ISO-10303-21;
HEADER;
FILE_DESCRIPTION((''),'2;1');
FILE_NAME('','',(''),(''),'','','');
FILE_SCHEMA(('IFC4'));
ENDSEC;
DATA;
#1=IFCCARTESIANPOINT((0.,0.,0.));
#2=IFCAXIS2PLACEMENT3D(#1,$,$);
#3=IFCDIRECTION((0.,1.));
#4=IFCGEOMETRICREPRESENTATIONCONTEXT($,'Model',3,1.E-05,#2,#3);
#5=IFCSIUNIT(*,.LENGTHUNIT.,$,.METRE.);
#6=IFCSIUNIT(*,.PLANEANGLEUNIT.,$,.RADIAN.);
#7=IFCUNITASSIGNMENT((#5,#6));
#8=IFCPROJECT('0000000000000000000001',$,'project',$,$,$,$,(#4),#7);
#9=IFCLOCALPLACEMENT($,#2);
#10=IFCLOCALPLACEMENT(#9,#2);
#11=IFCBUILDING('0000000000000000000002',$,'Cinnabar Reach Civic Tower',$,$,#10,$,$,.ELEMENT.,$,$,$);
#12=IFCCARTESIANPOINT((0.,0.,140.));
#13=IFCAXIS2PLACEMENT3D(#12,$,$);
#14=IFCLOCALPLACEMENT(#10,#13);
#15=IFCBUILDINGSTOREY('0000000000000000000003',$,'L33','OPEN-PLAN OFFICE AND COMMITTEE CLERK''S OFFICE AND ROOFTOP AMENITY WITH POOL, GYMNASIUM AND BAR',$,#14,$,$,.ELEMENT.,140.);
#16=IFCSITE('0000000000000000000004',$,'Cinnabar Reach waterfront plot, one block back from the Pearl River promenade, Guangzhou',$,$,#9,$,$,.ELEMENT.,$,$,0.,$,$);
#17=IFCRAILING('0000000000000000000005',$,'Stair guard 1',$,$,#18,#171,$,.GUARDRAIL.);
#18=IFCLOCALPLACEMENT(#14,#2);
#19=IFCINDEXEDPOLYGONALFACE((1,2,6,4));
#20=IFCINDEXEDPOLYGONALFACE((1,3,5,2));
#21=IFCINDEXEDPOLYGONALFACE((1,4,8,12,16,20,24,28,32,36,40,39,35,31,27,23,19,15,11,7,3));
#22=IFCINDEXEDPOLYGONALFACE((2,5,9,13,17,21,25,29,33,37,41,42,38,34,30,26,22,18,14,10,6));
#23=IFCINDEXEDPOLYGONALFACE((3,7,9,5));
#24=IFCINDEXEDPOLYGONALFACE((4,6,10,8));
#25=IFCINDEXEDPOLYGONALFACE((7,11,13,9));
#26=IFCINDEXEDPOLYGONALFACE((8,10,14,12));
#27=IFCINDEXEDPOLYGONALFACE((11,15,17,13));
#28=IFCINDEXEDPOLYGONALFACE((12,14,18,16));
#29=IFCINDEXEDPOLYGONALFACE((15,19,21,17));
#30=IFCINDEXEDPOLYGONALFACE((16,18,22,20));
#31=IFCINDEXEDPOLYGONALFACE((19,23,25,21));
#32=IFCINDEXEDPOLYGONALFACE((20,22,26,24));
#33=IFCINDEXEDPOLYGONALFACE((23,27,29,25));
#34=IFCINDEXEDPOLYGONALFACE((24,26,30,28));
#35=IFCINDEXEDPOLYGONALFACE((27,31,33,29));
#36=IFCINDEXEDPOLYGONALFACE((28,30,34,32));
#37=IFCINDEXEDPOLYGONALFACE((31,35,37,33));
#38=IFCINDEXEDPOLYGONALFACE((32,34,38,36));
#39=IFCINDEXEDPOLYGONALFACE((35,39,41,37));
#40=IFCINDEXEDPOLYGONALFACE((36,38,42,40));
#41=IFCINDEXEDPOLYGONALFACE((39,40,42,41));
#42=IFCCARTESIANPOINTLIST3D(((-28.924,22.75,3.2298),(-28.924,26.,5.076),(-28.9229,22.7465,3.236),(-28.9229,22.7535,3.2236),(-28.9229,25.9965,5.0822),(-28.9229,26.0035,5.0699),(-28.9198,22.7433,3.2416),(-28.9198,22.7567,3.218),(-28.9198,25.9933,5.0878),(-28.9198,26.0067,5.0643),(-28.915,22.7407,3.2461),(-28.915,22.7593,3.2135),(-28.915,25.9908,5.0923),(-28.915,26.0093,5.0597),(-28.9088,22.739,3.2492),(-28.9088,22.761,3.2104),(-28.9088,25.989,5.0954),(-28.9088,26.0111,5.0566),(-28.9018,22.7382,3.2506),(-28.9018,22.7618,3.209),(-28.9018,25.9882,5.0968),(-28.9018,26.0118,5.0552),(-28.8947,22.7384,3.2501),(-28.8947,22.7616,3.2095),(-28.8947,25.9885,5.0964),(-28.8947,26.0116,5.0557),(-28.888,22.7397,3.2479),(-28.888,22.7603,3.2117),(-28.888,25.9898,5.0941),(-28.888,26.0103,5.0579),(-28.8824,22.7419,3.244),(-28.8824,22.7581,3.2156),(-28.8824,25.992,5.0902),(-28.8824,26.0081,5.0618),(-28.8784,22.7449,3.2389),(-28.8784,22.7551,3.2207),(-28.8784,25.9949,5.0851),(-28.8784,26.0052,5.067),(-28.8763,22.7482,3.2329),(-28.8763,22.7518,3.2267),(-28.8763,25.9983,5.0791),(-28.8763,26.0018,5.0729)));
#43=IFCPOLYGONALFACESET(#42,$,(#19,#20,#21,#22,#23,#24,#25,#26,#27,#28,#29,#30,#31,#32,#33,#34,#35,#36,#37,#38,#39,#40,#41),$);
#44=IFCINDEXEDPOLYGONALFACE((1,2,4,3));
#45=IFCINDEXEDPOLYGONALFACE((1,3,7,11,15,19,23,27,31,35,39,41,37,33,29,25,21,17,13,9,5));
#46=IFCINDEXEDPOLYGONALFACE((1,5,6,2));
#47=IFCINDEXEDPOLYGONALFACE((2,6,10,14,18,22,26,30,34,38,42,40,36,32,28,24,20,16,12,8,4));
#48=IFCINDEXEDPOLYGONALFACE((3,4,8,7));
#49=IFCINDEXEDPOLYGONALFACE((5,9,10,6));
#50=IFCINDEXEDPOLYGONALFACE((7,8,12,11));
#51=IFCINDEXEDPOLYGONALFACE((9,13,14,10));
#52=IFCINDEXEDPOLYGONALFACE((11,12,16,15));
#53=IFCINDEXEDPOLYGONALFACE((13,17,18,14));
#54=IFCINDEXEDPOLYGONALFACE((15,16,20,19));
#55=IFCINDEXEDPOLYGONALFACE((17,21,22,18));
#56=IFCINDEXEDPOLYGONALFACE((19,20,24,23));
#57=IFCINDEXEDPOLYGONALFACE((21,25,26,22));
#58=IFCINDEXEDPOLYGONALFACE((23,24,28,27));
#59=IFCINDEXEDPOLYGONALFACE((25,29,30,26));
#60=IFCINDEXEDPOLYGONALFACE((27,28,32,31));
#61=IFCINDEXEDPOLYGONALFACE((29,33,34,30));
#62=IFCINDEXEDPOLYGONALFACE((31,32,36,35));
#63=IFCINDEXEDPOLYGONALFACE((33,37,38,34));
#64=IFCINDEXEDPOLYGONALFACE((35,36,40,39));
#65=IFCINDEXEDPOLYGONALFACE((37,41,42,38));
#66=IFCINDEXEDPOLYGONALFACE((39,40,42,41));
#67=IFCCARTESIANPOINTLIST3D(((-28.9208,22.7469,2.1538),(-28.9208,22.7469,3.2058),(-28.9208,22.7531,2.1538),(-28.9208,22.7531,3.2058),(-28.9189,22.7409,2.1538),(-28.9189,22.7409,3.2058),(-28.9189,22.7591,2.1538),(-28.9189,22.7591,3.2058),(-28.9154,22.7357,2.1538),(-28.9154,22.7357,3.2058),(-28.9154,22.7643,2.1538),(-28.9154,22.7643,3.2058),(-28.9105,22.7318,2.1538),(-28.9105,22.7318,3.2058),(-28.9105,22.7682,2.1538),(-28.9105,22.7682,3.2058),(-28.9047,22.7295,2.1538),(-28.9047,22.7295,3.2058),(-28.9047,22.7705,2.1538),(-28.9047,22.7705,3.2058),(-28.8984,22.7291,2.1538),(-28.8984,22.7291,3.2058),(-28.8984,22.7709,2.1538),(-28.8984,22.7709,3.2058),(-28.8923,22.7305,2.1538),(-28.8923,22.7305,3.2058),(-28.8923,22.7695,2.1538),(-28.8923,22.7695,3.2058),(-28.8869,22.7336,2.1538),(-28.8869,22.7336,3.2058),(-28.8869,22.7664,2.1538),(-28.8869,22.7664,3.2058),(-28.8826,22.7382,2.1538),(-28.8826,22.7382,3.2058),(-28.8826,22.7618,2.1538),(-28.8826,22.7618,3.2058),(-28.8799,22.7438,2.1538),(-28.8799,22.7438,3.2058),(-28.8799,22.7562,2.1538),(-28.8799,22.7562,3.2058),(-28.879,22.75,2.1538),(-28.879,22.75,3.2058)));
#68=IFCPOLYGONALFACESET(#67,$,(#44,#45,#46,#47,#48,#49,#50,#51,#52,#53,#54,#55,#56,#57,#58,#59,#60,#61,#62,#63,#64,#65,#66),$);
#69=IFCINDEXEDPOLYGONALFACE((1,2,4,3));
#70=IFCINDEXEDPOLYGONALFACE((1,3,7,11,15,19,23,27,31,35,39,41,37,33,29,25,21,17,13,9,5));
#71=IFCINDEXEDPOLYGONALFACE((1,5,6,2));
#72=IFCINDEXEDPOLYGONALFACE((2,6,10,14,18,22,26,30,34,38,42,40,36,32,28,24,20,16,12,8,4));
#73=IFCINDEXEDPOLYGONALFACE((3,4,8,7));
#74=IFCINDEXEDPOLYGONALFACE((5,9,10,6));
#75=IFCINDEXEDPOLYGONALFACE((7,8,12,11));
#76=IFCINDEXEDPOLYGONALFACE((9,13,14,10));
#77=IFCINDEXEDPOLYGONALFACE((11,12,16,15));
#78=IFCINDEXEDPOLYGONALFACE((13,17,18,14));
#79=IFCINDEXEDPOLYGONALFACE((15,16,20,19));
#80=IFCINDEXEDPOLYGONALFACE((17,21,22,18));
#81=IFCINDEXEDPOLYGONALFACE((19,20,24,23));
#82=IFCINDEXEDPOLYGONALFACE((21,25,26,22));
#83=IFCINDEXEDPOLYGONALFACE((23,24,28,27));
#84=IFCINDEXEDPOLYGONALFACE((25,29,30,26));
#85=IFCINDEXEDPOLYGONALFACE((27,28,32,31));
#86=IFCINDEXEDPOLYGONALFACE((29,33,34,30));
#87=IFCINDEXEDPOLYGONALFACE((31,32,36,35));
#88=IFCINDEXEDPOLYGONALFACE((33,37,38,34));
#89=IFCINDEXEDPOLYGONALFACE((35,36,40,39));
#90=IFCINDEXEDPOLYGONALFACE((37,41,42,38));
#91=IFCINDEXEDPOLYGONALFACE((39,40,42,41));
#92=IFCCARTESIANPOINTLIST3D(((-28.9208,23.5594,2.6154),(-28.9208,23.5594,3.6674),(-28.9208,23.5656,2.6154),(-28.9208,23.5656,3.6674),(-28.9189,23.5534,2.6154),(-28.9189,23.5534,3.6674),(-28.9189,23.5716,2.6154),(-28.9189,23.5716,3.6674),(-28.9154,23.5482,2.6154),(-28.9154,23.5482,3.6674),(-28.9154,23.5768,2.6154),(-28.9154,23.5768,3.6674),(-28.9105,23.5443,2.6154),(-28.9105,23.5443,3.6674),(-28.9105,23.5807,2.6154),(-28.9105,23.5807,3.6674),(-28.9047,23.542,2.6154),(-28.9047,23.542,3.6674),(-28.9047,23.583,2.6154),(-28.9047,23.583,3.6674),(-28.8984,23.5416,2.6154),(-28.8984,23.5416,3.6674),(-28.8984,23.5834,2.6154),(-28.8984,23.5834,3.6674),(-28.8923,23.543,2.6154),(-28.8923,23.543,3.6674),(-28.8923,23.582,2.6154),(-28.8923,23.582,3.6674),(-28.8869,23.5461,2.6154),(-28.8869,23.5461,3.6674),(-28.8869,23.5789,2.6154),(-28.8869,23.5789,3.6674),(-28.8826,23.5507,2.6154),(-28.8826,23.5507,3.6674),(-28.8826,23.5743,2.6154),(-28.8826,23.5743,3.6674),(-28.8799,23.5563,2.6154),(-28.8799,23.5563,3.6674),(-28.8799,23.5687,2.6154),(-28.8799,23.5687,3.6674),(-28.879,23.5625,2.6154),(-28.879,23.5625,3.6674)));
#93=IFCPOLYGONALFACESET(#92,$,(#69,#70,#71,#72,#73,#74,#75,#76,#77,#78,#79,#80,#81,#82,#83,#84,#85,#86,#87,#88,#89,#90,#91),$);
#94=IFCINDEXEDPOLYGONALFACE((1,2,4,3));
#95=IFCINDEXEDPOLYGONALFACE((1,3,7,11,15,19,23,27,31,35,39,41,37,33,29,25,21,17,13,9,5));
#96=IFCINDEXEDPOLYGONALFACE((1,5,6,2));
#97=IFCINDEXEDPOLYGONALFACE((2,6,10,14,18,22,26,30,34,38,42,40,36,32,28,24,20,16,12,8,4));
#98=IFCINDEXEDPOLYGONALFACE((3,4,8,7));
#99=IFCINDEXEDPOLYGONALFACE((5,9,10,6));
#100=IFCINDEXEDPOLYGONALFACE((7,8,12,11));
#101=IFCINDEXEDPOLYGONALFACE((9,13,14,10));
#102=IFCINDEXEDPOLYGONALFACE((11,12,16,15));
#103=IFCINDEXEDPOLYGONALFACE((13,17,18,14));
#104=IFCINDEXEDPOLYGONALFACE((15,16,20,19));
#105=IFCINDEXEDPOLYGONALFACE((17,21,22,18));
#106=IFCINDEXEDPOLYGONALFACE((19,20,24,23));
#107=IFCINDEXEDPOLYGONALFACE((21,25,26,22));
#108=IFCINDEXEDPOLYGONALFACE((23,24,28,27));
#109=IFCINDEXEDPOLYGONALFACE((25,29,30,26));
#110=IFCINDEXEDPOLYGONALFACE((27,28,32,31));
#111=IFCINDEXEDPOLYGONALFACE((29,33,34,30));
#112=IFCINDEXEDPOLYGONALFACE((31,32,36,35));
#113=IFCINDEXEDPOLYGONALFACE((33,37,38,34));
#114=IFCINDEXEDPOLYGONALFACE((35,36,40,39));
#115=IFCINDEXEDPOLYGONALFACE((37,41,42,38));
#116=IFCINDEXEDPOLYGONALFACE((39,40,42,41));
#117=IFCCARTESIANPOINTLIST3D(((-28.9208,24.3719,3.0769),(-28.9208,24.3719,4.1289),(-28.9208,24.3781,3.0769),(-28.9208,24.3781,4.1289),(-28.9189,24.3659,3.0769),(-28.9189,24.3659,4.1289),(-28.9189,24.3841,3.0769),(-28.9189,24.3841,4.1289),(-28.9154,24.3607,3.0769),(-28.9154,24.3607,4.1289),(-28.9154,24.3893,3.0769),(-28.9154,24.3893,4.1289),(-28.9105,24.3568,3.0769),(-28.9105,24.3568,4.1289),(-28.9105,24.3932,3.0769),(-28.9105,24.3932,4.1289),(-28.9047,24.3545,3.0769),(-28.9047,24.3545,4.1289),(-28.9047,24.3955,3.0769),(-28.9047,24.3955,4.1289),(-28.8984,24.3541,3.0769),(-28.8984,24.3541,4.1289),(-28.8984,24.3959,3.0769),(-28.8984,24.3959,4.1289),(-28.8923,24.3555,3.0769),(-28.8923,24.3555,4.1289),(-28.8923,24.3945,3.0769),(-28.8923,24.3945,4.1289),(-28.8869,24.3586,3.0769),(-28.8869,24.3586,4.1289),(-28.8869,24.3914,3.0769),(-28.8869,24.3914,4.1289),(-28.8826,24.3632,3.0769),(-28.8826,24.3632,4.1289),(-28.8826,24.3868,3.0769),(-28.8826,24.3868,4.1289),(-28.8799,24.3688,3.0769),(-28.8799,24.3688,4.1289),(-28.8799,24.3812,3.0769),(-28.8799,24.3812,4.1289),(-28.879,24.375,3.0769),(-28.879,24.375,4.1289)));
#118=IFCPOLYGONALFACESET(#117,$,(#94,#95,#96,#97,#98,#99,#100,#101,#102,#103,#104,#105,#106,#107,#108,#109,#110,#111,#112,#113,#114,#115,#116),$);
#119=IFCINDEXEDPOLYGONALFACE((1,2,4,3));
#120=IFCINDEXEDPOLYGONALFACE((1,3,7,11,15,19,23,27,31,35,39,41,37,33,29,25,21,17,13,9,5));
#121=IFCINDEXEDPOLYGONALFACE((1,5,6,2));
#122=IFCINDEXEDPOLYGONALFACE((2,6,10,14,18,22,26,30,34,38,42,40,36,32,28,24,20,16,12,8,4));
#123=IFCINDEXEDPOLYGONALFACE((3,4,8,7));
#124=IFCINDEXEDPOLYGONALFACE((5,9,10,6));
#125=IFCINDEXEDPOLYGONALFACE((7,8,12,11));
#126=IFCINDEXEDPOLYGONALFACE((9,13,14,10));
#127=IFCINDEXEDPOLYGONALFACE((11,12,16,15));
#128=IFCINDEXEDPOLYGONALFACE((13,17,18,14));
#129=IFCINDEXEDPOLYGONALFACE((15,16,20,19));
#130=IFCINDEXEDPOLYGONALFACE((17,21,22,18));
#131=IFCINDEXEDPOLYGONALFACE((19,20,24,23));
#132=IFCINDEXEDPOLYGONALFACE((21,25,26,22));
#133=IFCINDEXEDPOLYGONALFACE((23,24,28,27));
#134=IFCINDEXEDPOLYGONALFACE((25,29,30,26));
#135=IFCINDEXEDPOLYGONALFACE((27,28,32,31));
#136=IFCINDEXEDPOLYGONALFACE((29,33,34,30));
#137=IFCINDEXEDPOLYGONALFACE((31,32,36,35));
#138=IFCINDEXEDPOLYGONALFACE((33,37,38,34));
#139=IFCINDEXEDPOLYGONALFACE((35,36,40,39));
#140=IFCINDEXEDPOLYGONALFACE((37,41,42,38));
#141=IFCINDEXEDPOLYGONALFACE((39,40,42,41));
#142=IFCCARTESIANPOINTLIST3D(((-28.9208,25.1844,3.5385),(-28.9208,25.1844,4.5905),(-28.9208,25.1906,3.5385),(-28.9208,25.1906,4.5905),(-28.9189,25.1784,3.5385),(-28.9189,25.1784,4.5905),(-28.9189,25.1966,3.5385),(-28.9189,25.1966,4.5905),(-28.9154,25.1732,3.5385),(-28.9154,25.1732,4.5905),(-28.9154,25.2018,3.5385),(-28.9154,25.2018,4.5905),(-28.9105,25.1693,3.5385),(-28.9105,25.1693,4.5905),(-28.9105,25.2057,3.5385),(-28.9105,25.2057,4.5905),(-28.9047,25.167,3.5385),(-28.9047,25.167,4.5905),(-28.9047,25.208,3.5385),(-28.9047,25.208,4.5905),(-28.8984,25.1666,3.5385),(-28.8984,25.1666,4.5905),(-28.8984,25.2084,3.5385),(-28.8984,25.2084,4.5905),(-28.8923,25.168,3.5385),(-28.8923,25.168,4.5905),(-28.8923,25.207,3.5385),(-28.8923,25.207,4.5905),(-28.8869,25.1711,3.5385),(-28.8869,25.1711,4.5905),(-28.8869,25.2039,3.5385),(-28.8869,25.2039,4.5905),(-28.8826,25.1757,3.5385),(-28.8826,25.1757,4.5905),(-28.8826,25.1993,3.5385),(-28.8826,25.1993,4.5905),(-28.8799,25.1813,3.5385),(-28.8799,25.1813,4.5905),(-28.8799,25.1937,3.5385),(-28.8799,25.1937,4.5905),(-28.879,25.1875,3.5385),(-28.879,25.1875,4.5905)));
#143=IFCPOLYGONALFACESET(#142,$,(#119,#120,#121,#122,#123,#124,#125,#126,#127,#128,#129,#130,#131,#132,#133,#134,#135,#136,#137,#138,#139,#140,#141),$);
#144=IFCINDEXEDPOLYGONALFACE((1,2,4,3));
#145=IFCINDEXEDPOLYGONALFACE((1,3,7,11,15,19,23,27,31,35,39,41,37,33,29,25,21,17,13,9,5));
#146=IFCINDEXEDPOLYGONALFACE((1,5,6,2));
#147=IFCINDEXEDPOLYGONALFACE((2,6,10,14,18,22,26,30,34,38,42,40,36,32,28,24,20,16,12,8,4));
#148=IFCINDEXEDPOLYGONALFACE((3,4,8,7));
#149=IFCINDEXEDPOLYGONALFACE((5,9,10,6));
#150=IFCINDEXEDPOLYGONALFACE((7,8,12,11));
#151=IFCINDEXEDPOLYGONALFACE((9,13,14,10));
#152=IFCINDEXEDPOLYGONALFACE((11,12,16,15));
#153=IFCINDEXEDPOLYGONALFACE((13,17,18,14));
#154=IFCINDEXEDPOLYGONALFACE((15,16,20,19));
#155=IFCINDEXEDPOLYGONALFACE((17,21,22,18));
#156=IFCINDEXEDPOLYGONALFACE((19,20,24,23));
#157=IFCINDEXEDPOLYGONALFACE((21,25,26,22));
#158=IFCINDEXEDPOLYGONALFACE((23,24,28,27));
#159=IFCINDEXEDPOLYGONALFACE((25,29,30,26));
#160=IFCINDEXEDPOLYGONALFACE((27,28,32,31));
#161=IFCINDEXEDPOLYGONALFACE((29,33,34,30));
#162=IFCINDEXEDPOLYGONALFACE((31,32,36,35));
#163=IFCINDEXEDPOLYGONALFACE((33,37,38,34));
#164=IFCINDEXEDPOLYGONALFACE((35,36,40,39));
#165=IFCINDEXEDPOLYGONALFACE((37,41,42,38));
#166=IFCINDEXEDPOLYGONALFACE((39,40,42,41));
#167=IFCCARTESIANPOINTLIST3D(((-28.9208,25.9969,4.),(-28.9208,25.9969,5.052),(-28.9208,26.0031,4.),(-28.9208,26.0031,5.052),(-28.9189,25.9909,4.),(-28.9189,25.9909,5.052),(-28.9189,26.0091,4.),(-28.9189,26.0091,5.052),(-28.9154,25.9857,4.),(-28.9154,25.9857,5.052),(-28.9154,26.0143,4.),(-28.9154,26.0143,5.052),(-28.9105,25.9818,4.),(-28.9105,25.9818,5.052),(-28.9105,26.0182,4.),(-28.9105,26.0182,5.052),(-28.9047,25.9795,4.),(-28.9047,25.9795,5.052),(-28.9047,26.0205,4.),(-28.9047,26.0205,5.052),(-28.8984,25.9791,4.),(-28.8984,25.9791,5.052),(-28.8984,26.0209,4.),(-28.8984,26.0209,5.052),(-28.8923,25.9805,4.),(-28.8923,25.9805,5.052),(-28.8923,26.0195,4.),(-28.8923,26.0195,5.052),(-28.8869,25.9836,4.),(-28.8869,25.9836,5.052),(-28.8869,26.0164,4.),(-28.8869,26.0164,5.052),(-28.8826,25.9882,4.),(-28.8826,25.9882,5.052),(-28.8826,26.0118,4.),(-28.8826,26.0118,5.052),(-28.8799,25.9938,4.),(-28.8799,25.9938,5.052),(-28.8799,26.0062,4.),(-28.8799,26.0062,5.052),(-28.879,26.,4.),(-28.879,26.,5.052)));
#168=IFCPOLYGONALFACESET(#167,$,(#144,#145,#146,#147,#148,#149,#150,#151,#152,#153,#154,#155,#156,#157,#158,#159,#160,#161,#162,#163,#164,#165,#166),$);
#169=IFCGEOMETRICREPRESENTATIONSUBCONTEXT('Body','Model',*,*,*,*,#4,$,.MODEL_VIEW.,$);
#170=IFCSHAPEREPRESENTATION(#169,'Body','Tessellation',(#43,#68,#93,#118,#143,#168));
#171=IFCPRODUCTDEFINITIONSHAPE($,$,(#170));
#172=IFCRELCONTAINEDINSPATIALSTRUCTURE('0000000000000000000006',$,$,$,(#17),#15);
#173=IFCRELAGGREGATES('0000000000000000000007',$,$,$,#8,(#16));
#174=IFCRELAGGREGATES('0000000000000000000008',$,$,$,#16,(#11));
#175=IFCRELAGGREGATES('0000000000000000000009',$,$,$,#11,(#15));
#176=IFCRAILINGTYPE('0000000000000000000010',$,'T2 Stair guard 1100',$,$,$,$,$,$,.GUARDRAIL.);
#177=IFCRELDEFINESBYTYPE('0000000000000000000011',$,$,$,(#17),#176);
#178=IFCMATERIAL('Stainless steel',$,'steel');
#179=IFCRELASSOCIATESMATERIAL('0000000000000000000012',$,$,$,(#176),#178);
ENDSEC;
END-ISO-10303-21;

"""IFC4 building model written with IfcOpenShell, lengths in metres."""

from ifc_helpers import new_model, si_unit, direction, frame, origin, origin_2d, place, context, subcontext, project, spatial, circle, extrude, material, type_object, element, save


model = new_model("IFC4")

# Units and contexts
model_context = context("Model", 3, precision=1e-05, world=origin(), true_north=direction((0.0, 1.0)))
body_context = subcontext(model_context, "Body", "Model", "MODEL_VIEW")
ifc_project = project(units=[si_unit("LENGTHUNIT", "METRE"), si_unit("PLANEANGLEUNIT", "RADIAN")], contexts=[model_context])

# Site, building, storey
site_placement = place(None, origin())
site = spatial("IfcSite", under=ifc_project, at=site_placement, Name="Cinnabar Reach waterfront plot, one block back from the Pearl River promenade, Guangzhou", CompositionType="ELEMENT", RefElevation=0.0)
building_placement = place(site_placement, origin())
building = spatial("IfcBuilding", under=site, at=building_placement, Name="Cinnabar Reach Civic Tower", CompositionType="ELEMENT")
storey_placement = place(building_placement, frame((0.0, 0.0, 140.0)))
storey = spatial("IfcBuildingStorey", under=building, at=storey_placement, Name="L33", Description="OPEN-PLAN OFFICE AND COMMITTEE CLERK'S OFFICE AND ROOFTOP AMENITY WITH POOL, GYMNASIUM AND BAR", CompositionType="ELEMENT", Elevation=140.0)

# Railing
ifc_material_1 = material(Name="Stainless steel", Category="steel")
railing_type = type_object("IfcRailingType", Name="T2 Stair guard 1100", PredefinedType="GUARDRAIL", material=ifc_material_1)
railing_1_placement = place(storey_placement, frame((-28.9, 22.75, 2.1538)))
element("IfcRailing", 1, at=railing_1_placement, inside=storey, type_object=railing_type, Name="Stair guard 1", PredefinedType="GUARDRAIL", context=body_context, shape_type="SweptSolid", body=[
    extrude(circle(Radius=0.024, at=origin_2d()), frame((0.0, 0.0, 1.076), z_axis=(0.0, 0.869501, 0.49393), x_axis=(-1.0, 0.0, 0.0)), (0.0, 0.0, 1.0), 3.7378),
    extrude(circle(Radius=0.021, at=origin_2d()), origin(), (0.0, 0.0, 1.0), 1.052),
    extrude(circle(Radius=0.021, at=origin_2d()), frame((0.0, 0.8125, 0.4616)), (0.0, 0.0, 1.0), 1.052),
    extrude(circle(Radius=0.021, at=origin_2d()), frame((0.0, 1.625, 0.9231)), (0.0, 0.0, 1.0), 1.052),
    extrude(circle(Radius=0.021, at=origin_2d()), frame((0.0, 2.4375, 1.3847)), (0.0, 0.0, 1.0), 1.052),
    extrude(circle(Radius=0.021, at=origin_2d()), frame((0.0, 3.25, 1.8462)), (0.0, 0.0, 1.0), 1.052),
])

save(model, "model.ifc")
